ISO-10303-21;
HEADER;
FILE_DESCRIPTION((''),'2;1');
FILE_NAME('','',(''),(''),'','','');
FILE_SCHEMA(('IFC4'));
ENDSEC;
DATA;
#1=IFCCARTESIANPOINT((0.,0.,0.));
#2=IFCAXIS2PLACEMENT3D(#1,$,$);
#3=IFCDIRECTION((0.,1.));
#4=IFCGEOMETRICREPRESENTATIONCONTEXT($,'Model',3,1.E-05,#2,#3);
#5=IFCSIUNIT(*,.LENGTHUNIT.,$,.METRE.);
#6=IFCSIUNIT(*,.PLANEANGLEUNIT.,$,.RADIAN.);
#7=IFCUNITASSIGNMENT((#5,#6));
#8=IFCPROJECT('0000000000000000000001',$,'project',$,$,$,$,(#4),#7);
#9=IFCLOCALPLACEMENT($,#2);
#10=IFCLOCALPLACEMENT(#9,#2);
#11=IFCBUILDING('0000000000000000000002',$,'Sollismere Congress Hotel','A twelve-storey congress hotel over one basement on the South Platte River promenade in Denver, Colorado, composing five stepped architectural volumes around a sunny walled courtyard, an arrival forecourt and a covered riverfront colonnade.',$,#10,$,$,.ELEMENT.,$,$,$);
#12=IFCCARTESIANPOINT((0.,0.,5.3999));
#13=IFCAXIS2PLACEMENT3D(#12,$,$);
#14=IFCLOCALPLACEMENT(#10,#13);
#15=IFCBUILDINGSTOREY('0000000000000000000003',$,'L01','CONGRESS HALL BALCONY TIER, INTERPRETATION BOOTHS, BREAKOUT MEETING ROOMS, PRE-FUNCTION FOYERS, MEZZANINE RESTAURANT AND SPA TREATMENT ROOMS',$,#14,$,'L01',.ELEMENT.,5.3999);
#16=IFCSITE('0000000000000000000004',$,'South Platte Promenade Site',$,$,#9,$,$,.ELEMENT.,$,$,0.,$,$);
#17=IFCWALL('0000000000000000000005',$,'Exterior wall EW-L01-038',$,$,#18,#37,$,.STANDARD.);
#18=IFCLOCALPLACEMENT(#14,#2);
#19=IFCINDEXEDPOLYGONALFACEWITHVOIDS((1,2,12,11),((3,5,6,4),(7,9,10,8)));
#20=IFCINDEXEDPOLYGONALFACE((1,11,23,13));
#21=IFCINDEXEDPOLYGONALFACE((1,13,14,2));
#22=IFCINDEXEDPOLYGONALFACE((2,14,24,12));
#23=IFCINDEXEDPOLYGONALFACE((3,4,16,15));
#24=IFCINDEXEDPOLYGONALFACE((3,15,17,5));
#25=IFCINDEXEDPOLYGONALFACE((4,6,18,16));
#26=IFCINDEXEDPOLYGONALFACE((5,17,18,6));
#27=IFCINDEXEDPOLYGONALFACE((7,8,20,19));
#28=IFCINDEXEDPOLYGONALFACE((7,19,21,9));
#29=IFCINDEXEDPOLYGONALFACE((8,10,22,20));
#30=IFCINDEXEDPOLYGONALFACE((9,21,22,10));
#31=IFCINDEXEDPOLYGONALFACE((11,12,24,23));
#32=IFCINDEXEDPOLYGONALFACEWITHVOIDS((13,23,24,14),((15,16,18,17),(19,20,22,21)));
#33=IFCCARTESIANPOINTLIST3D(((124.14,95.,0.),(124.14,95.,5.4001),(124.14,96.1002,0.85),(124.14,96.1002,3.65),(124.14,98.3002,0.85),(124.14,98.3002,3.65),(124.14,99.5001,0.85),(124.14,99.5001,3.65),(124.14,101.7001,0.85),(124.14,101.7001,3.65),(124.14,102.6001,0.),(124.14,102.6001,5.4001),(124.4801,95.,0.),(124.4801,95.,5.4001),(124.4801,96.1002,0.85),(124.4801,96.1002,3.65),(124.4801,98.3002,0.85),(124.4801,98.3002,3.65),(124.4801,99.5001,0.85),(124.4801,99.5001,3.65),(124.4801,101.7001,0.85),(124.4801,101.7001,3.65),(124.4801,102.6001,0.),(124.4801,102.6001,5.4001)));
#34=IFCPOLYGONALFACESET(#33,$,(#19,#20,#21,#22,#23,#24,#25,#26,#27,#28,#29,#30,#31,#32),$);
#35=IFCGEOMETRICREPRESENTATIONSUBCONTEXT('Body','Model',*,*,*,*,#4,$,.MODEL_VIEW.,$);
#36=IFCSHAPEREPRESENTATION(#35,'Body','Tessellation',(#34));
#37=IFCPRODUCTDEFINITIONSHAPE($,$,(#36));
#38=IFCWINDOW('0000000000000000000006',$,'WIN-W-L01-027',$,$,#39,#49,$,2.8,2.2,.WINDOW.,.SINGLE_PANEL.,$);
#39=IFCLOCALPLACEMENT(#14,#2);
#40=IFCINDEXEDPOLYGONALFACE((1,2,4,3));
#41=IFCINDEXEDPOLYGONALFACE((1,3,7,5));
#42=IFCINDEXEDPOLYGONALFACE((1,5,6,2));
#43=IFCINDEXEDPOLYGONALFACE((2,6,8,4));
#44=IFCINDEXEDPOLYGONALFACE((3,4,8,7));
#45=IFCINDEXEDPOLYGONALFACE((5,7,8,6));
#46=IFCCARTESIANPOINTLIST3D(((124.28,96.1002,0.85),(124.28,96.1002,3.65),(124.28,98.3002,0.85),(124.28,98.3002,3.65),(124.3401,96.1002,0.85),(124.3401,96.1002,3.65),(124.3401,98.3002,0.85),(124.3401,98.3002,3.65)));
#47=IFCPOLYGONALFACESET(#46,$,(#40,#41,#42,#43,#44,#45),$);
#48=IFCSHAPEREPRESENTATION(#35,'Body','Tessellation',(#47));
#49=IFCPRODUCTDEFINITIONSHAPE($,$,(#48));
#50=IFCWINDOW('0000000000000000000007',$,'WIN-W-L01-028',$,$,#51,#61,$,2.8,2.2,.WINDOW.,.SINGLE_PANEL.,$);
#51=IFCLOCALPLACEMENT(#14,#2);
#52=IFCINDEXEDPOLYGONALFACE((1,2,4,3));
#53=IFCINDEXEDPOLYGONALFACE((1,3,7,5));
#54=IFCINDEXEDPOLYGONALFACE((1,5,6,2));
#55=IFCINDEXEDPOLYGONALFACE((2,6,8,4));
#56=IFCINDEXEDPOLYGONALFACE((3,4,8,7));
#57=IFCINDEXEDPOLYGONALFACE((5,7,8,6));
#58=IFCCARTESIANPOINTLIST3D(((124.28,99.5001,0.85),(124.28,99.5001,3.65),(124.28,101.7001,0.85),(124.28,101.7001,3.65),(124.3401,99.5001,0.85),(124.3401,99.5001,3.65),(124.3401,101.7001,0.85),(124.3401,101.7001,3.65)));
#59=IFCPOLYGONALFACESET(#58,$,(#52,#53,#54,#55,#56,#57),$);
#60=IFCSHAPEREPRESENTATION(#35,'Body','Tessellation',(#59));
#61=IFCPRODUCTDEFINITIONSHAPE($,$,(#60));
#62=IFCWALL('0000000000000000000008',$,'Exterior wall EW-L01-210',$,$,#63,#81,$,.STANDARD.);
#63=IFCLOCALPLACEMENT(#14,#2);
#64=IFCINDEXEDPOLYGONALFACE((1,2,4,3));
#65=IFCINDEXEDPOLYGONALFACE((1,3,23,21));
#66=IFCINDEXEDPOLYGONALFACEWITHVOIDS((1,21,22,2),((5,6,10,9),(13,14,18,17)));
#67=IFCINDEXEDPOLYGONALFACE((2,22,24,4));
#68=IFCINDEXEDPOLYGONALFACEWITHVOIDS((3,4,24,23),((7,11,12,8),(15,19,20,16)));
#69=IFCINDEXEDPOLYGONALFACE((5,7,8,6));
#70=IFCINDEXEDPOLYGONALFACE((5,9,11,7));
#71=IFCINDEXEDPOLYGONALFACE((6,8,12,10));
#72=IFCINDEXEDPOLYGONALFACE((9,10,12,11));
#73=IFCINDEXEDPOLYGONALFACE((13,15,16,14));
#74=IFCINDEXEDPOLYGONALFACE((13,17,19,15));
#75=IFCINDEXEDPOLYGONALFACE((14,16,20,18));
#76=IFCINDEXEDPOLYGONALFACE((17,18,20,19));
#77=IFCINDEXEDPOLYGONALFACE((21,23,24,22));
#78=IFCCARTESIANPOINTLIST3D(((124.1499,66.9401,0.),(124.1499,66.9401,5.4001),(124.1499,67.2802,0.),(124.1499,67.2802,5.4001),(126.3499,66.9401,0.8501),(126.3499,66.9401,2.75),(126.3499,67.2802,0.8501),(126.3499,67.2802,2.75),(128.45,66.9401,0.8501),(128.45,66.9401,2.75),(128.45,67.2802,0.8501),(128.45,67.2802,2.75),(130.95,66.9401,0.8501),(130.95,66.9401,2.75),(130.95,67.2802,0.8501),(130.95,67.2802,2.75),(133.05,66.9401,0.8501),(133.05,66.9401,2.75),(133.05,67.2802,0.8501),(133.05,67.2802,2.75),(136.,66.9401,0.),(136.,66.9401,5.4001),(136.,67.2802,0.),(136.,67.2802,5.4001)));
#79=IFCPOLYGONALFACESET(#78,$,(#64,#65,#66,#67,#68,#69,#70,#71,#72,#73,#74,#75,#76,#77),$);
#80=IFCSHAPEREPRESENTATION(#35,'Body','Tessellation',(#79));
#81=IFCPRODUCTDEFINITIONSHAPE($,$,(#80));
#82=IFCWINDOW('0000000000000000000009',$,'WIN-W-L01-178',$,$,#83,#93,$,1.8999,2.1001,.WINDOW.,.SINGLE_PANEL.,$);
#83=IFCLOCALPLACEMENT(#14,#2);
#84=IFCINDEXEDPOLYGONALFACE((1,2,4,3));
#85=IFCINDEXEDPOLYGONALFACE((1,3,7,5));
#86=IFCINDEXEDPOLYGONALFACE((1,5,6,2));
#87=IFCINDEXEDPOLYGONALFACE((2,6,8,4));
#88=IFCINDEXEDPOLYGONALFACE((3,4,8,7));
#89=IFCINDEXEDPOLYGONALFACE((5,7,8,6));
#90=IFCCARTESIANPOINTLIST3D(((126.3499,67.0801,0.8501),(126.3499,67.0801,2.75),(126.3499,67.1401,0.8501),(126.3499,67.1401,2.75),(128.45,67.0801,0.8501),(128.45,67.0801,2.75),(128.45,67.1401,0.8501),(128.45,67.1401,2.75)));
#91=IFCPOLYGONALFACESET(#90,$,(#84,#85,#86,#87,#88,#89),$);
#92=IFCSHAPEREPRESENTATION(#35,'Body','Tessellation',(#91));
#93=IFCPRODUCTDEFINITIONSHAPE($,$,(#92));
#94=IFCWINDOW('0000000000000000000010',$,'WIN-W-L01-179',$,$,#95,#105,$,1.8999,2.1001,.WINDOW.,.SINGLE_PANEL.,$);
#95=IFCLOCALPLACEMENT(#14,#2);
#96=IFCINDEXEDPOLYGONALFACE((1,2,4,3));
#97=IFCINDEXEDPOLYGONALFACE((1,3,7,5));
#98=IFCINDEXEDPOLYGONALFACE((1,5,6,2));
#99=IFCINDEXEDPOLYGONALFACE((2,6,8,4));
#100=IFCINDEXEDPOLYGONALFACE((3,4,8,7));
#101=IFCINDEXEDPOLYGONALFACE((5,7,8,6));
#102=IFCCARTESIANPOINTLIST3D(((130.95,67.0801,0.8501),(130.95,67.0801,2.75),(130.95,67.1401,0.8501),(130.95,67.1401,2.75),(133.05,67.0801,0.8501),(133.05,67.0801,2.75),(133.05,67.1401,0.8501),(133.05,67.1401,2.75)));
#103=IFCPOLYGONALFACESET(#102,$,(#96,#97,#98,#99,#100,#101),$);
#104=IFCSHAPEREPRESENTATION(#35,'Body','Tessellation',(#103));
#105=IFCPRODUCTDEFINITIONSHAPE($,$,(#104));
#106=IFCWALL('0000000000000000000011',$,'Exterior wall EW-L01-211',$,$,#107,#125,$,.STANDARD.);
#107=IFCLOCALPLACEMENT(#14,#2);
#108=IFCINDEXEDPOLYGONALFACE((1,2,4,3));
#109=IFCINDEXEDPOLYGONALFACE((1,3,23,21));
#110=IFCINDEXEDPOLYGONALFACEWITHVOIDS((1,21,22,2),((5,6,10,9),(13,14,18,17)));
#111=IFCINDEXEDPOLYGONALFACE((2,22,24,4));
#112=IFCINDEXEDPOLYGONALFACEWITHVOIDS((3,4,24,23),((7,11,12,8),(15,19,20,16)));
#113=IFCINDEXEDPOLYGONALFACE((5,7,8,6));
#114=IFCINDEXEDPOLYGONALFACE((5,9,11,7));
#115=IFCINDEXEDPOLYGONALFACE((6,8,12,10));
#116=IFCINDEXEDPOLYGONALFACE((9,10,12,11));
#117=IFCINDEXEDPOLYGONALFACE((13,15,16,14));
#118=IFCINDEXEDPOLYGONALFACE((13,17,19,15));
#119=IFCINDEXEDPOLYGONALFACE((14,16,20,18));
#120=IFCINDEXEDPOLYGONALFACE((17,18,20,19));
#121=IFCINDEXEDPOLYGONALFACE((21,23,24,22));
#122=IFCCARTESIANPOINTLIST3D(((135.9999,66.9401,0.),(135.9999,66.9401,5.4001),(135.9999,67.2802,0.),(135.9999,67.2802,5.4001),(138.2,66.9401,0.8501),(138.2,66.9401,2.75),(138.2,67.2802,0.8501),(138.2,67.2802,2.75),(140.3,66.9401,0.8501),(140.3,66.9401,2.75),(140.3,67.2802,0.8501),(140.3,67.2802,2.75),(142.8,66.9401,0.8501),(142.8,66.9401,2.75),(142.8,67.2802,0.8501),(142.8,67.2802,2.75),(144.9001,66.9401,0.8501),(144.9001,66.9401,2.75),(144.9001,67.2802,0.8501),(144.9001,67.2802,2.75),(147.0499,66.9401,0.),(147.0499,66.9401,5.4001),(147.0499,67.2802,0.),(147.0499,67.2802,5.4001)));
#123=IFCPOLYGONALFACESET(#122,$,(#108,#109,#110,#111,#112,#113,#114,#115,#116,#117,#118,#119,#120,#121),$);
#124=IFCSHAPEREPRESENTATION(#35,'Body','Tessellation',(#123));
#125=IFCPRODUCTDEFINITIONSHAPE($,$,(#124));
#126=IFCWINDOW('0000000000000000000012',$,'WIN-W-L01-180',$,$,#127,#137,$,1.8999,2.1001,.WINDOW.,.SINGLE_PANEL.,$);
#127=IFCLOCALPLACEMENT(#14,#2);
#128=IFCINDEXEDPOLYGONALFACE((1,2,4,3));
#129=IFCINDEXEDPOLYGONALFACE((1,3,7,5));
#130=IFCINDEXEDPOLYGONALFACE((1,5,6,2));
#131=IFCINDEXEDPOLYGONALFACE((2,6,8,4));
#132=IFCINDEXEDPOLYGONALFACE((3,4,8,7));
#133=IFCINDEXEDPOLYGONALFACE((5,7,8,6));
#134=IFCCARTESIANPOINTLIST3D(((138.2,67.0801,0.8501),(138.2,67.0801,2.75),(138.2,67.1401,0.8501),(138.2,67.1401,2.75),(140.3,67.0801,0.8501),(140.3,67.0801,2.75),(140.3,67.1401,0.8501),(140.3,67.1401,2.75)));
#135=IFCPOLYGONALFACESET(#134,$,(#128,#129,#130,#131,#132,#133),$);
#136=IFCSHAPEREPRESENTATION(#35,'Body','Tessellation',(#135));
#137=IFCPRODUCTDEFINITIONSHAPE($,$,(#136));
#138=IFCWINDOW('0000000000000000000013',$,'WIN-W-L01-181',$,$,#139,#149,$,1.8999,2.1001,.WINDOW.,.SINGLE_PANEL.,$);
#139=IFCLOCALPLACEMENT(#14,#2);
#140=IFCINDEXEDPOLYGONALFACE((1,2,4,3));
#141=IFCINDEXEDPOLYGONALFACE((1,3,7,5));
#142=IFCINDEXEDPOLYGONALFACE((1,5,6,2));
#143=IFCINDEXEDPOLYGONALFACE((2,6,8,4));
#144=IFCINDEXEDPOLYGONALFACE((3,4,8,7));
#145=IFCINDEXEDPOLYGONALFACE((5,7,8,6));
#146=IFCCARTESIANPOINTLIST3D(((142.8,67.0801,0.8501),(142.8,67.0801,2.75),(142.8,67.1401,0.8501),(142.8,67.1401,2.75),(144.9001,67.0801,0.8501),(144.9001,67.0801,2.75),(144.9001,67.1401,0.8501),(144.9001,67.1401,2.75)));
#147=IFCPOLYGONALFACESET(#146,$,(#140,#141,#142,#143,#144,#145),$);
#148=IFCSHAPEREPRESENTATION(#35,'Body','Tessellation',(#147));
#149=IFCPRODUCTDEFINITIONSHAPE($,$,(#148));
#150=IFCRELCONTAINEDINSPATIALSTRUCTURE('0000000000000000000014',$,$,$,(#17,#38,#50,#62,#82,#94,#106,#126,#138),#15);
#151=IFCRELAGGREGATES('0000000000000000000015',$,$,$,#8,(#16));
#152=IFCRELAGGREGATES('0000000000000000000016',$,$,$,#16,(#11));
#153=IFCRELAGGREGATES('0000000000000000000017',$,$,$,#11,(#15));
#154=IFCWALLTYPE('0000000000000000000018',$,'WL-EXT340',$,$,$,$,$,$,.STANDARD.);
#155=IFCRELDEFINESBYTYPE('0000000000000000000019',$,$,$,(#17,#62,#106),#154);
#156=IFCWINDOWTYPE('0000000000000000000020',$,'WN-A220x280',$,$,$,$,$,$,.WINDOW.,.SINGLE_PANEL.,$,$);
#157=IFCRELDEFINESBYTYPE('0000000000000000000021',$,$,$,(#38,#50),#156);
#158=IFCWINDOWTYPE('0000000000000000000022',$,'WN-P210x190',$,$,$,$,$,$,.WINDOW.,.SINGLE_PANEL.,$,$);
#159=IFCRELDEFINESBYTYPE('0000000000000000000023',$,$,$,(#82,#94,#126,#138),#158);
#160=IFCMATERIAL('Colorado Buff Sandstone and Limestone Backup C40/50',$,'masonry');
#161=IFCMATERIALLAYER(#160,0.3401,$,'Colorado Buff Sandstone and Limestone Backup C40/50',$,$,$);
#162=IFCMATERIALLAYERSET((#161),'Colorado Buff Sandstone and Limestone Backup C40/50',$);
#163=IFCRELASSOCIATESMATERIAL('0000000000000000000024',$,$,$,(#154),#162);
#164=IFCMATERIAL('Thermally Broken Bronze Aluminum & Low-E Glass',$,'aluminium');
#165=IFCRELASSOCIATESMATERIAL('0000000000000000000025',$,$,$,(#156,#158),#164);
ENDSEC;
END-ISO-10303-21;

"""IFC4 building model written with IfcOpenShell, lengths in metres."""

from ifc_helpers import new_model, si_unit, direction, frame, frame_2d, origin, place, context, subcontext, project, spatial, rectangle, extrude, material, layer, layer_set, type_object, element, fill, save


model = new_model("IFC4")

# Units and contexts
model_context = context("Model", 3, precision=1e-05, world=origin(), true_north=direction((0.0, 1.0)))
body_context = subcontext(model_context, "Body", "Model", "MODEL_VIEW")
ifc_project = project(units=[si_unit("LENGTHUNIT", "METRE"), si_unit("PLANEANGLEUNIT", "RADIAN")], contexts=[model_context])

# Site, building, storey
site_placement = place(None, origin())
site = spatial("IfcSite", under=ifc_project, at=site_placement, Name="South Platte Promenade Site", CompositionType="ELEMENT", RefElevation=0.0)
building_placement = place(site_placement, origin())
building = spatial("IfcBuilding", under=site, at=building_placement, Name="Sollismere Congress Hotel", Description="A twelve-storey congress hotel over one basement on the South Platte River promenade in Denver, Colorado, composing five stepped architectural volumes around a sunny walled courtyard, an arrival forecourt and a covered riverfront colonnade.", CompositionType="ELEMENT")
storey_placement = place(building_placement, frame((0.0, 0.0, 5.3999)))
storey = spatial("IfcBuildingStorey", under=building, at=storey_placement, Name="L01", Description="CONGRESS HALL BALCONY TIER, INTERPRETATION BOOTHS, BREAKOUT MEETING ROOMS, PRE-FUNCTION FOYERS, MEZZANINE RESTAURANT AND SPA TREATMENT ROOMS", LongName="L01", CompositionType="ELEMENT", Elevation=5.3999)

# Walls, openings, windows
ifc_material_1 = material(Name="Colorado Buff Sandstone and Limestone Backup C40/50", Category="masonry")
ifc_layer = layer(ifc_material_1, 0.3401, Name="Colorado Buff Sandstone and Limestone Backup C40/50")
ifc_layer_set = layer_set([ifc_layer], Name="Colorado Buff Sandstone and Limestone Backup C40/50")
wall_type = type_object("IfcWallType", Name="WL-EXT340", PredefinedType="STANDARD", material=ifc_layer_set)
ifc_material_2 = material(Name="Thermally Broken Bronze Aluminum & Low-E Glass", Category="aluminium")
wall_1_placement = place(storey_placement, frame((124.3101, 95.0, 0.0), z_axis=(0.0, 0.0, 1.0), x_axis=(0.0, 1.0, 0.0)))
wall_1 = element("IfcWall", 1, at=wall_1_placement, inside=storey, type_object=wall_type, Name="Exterior wall EW-L01-038", PredefinedType="STANDARD", context=body_context, shape_type="SweptSolid", body=[
    extrude(rectangle(XDim=7.6001, YDim=0.3401, at=frame_2d((3.8, 0.0))), origin(), (0.0, 0.0, 1.0), 5.4001),
])
opening_1_placement = place(wall_1_placement, frame((1.1001, 0.0, 0.8501)))
opening_1 = element("IfcOpeningElement", 2, at=opening_1_placement, cuts=wall_1, PredefinedType="OPENING", context=body_context, shape_type="SweptSolid", body=[
    extrude(rectangle(XDim=2.2, YDim=2.8, at=frame_2d((1.1001, 1.3999))), frame((0.0, 0.1799, 0.0), z_axis=(0.0, -1.0, 0.0), x_axis=(1.0, 0.0, 0.0)), (0.0, 0.0, 1.0), 0.3601),
])
opening_2_placement = place(wall_1_placement, frame((4.5, 0.0, 0.8501)))
opening_2 = element("IfcOpeningElement", 3, at=opening_2_placement, cuts=wall_1, PredefinedType="OPENING", context=body_context, shape_type="SweptSolid", body=[
    extrude(rectangle(XDim=2.2, YDim=2.8, at=frame_2d((1.1001, 1.3999))), frame((0.0, 0.1799, 0.0), z_axis=(0.0, -1.0, 0.0), x_axis=(1.0, 0.0, 0.0)), (0.0, 0.0, 1.0), 0.3601),
])
window_type_1 = type_object("IfcWindowType", Name="WN-A220x280", PartitioningType="SINGLE_PANEL", PredefinedType="WINDOW", material=ifc_material_2)
window_1_placement = place(opening_1_placement, origin())
window_1 = element("IfcWindow", 4, at=window_1_placement, inside=storey, type_object=window_type_1, Name="WIN-W-L01-027", OverallHeight=2.8, OverallWidth=2.2, PartitioningType="SINGLE_PANEL", PredefinedType="WINDOW", context=body_context, shape_type="SweptSolid", body=[
    extrude(rectangle(XDim=2.2, YDim=2.8, at=frame_2d((1.1001, 1.3999))), frame((0.0, 0.03, 0.0), z_axis=(0.0, -1.0, 0.0), x_axis=(1.0, 0.0, 0.0)), (0.0, 0.0, 1.0), 0.0601),
])
fill(opening_1, window_1)
window_2_placement = place(opening_2_placement, origin())
window_2 = element("IfcWindow", 5, at=window_2_placement, inside=storey, type_object=window_type_1, Name="WIN-W-L01-028", OverallHeight=2.8, OverallWidth=2.2, PartitioningType="SINGLE_PANEL", PredefinedType="WINDOW", context=body_context, shape_type="SweptSolid", body=[
    extrude(rectangle(XDim=2.2, YDim=2.8, at=frame_2d((1.1001, 1.3999))), frame((0.0, 0.03, 0.0), z_axis=(0.0, -1.0, 0.0), x_axis=(1.0, 0.0, 0.0)), (0.0, 0.0, 1.0), 0.0601),
])
fill(opening_2, window_2)
wall_2_placement = place(storey_placement, frame((124.1499, 67.1101, 0.0), z_axis=(0.0, 0.0, 1.0), x_axis=(1.0, 0.0, 0.0)))
wall_2 = element("IfcWall", 6, at=wall_2_placement, inside=storey, type_object=wall_type, Name="Exterior wall EW-L01-210", PredefinedType="STANDARD", context=body_context, shape_type="SweptSolid", body=[
    extrude(rectangle(XDim=11.8501, YDim=0.3401, at=frame_2d((5.925, 0.0))), origin(), (0.0, 0.0, 1.0), 5.4001),
])
opening_3_placement = place(wall_2_placement, frame((2.2, 0.0, 0.8501)))
opening_3 = element("IfcOpeningElement", 7, at=opening_3_placement, cuts=wall_2, PredefinedType="OPENING", context=body_context, shape_type="SweptSolid", body=[
    extrude(rectangle(XDim=2.1001, YDim=1.8999, at=frame_2d((1.05, 0.95))), frame((0.0, 0.1799, 0.0), z_axis=(0.0, -1.0, 0.0), x_axis=(1.0, 0.0, 0.0)), (0.0, 0.0, 1.0), 0.3601),
])
opening_4_placement = place(wall_2_placement, frame((6.8, 0.0, 0.8501)))
opening_4 = element("IfcOpeningElement", 8, at=opening_4_placement, cuts=wall_2, PredefinedType="OPENING", context=body_context, shape_type="SweptSolid", body=[
    extrude(rectangle(XDim=2.1001, YDim=1.8999, at=frame_2d((1.05, 0.95))), frame((0.0, 0.1799, 0.0), z_axis=(0.0, -1.0, 0.0), x_axis=(1.0, 0.0, 0.0)), (0.0, 0.0, 1.0), 0.3601),
])
window_type_2 = type_object("IfcWindowType", Name="WN-P210x190", PartitioningType="SINGLE_PANEL", PredefinedType="WINDOW", material=ifc_material_2)
window_3_placement = place(opening_3_placement, origin())
window_3 = element("IfcWindow", 9, at=window_3_placement, inside=storey, type_object=window_type_2, Name="WIN-W-L01-178", OverallHeight=1.8999, OverallWidth=2.1001, PartitioningType="SINGLE_PANEL", PredefinedType="WINDOW", context=body_context, shape_type="SweptSolid", body=[
    extrude(rectangle(XDim=2.1001, YDim=1.8999, at=frame_2d((1.05, 0.95))), frame((0.0, 0.03, 0.0), z_axis=(0.0, -1.0, 0.0), x_axis=(1.0, 0.0, 0.0)), (0.0, 0.0, 1.0), 0.0601),
])
fill(opening_3, window_3)
window_4_placement = place(opening_4_placement, origin())
window_4 = element("IfcWindow", 10, at=window_4_placement, inside=storey, type_object=window_type_2, Name="WIN-W-L01-179", OverallHeight=1.8999, OverallWidth=2.1001, PartitioningType="SINGLE_PANEL", PredefinedType="WINDOW", context=body_context, shape_type="SweptSolid", body=[
    extrude(rectangle(XDim=2.1001, YDim=1.8999, at=frame_2d((1.05, 0.95))), frame((0.0, 0.03, 0.0), z_axis=(0.0, -1.0, 0.0), x_axis=(1.0, 0.0, 0.0)), (0.0, 0.0, 1.0), 0.0601),
])
fill(opening_4, window_4)
wall_3_placement = place(storey_placement, frame((136.0, 67.1101, 0.0), z_axis=(0.0, 0.0, 1.0), x_axis=(1.0, 0.0, 0.0)))
wall_3 = element("IfcWall", 11, at=wall_3_placement, inside=storey, type_object=wall_type, Name="Exterior wall EW-L01-211", PredefinedType="STANDARD", context=body_context, shape_type="SweptSolid", body=[
    extrude(rectangle(XDim=11.05, YDim=0.3401, at=frame_2d((5.5249, 0.0))), origin(), (0.0, 0.0, 1.0), 5.4001),
])
opening_5_placement = place(wall_3_placement, frame((2.2, 0.0, 0.8501)))
opening_5 = element("IfcOpeningElement", 12, at=opening_5_placement, cuts=wall_3, PredefinedType="OPENING", context=body_context, shape_type="SweptSolid", body=[
    extrude(rectangle(XDim=2.1001, YDim=1.8999, at=frame_2d((1.05, 0.95))), frame((0.0, 0.1799, 0.0), z_axis=(0.0, -1.0, 0.0), x_axis=(1.0, 0.0, 0.0)), (0.0, 0.0, 1.0), 0.3601),
])
opening_6_placement = place(wall_3_placement, frame((6.8, 0.0, 0.8501)))
opening_6 = element("IfcOpeningElement", 13, at=opening_6_placement, cuts=wall_3, PredefinedType="OPENING", context=body_context, shape_type="SweptSolid", body=[
    extrude(rectangle(XDim=2.1001, YDim=1.8999, at=frame_2d((1.05, 0.95))), frame((0.0, 0.1799, 0.0), z_axis=(0.0, -1.0, 0.0), x_axis=(1.0, 0.0, 0.0)), (0.0, 0.0, 1.0), 0.3601),
])
window_5_placement = place(opening_5_placement, origin())
window_5 = element("IfcWindow", 14, at=window_5_placement, inside=storey, type_object=window_type_2, Name="WIN-W-L01-180", OverallHeight=1.8999, OverallWidth=2.1001, PartitioningType="SINGLE_PANEL", PredefinedType="WINDOW", context=body_context, shape_type="SweptSolid", body=[
    extrude(rectangle(XDim=2.1001, YDim=1.8999, at=frame_2d((1.05, 0.95))), frame((0.0, 0.03, 0.0), z_axis=(0.0, -1.0, 0.0), x_axis=(1.0, 0.0, 0.0)), (0.0, 0.0, 1.0), 0.0601),
])
fill(opening_5, window_5)
window_6_placement = place(opening_6_placement, origin())
window_6 = element("IfcWindow", 15, at=window_6_placement, inside=storey, type_object=window_type_2, Name="WIN-W-L01-181", OverallHeight=1.8999, OverallWidth=2.1001, PartitioningType="SINGLE_PANEL", PredefinedType="WINDOW", context=body_context, shape_type="SweptSolid", body=[
    extrude(rectangle(XDim=2.1001, YDim=1.8999, at=frame_2d((1.05, 0.95))), frame((0.0, 0.03, 0.0), z_axis=(0.0, -1.0, 0.0), x_axis=(1.0, 0.0, 0.0)), (0.0, 0.0, 1.0), 0.0601),
])
fill(opening_6, window_6)

save(model, "model.ifc")
